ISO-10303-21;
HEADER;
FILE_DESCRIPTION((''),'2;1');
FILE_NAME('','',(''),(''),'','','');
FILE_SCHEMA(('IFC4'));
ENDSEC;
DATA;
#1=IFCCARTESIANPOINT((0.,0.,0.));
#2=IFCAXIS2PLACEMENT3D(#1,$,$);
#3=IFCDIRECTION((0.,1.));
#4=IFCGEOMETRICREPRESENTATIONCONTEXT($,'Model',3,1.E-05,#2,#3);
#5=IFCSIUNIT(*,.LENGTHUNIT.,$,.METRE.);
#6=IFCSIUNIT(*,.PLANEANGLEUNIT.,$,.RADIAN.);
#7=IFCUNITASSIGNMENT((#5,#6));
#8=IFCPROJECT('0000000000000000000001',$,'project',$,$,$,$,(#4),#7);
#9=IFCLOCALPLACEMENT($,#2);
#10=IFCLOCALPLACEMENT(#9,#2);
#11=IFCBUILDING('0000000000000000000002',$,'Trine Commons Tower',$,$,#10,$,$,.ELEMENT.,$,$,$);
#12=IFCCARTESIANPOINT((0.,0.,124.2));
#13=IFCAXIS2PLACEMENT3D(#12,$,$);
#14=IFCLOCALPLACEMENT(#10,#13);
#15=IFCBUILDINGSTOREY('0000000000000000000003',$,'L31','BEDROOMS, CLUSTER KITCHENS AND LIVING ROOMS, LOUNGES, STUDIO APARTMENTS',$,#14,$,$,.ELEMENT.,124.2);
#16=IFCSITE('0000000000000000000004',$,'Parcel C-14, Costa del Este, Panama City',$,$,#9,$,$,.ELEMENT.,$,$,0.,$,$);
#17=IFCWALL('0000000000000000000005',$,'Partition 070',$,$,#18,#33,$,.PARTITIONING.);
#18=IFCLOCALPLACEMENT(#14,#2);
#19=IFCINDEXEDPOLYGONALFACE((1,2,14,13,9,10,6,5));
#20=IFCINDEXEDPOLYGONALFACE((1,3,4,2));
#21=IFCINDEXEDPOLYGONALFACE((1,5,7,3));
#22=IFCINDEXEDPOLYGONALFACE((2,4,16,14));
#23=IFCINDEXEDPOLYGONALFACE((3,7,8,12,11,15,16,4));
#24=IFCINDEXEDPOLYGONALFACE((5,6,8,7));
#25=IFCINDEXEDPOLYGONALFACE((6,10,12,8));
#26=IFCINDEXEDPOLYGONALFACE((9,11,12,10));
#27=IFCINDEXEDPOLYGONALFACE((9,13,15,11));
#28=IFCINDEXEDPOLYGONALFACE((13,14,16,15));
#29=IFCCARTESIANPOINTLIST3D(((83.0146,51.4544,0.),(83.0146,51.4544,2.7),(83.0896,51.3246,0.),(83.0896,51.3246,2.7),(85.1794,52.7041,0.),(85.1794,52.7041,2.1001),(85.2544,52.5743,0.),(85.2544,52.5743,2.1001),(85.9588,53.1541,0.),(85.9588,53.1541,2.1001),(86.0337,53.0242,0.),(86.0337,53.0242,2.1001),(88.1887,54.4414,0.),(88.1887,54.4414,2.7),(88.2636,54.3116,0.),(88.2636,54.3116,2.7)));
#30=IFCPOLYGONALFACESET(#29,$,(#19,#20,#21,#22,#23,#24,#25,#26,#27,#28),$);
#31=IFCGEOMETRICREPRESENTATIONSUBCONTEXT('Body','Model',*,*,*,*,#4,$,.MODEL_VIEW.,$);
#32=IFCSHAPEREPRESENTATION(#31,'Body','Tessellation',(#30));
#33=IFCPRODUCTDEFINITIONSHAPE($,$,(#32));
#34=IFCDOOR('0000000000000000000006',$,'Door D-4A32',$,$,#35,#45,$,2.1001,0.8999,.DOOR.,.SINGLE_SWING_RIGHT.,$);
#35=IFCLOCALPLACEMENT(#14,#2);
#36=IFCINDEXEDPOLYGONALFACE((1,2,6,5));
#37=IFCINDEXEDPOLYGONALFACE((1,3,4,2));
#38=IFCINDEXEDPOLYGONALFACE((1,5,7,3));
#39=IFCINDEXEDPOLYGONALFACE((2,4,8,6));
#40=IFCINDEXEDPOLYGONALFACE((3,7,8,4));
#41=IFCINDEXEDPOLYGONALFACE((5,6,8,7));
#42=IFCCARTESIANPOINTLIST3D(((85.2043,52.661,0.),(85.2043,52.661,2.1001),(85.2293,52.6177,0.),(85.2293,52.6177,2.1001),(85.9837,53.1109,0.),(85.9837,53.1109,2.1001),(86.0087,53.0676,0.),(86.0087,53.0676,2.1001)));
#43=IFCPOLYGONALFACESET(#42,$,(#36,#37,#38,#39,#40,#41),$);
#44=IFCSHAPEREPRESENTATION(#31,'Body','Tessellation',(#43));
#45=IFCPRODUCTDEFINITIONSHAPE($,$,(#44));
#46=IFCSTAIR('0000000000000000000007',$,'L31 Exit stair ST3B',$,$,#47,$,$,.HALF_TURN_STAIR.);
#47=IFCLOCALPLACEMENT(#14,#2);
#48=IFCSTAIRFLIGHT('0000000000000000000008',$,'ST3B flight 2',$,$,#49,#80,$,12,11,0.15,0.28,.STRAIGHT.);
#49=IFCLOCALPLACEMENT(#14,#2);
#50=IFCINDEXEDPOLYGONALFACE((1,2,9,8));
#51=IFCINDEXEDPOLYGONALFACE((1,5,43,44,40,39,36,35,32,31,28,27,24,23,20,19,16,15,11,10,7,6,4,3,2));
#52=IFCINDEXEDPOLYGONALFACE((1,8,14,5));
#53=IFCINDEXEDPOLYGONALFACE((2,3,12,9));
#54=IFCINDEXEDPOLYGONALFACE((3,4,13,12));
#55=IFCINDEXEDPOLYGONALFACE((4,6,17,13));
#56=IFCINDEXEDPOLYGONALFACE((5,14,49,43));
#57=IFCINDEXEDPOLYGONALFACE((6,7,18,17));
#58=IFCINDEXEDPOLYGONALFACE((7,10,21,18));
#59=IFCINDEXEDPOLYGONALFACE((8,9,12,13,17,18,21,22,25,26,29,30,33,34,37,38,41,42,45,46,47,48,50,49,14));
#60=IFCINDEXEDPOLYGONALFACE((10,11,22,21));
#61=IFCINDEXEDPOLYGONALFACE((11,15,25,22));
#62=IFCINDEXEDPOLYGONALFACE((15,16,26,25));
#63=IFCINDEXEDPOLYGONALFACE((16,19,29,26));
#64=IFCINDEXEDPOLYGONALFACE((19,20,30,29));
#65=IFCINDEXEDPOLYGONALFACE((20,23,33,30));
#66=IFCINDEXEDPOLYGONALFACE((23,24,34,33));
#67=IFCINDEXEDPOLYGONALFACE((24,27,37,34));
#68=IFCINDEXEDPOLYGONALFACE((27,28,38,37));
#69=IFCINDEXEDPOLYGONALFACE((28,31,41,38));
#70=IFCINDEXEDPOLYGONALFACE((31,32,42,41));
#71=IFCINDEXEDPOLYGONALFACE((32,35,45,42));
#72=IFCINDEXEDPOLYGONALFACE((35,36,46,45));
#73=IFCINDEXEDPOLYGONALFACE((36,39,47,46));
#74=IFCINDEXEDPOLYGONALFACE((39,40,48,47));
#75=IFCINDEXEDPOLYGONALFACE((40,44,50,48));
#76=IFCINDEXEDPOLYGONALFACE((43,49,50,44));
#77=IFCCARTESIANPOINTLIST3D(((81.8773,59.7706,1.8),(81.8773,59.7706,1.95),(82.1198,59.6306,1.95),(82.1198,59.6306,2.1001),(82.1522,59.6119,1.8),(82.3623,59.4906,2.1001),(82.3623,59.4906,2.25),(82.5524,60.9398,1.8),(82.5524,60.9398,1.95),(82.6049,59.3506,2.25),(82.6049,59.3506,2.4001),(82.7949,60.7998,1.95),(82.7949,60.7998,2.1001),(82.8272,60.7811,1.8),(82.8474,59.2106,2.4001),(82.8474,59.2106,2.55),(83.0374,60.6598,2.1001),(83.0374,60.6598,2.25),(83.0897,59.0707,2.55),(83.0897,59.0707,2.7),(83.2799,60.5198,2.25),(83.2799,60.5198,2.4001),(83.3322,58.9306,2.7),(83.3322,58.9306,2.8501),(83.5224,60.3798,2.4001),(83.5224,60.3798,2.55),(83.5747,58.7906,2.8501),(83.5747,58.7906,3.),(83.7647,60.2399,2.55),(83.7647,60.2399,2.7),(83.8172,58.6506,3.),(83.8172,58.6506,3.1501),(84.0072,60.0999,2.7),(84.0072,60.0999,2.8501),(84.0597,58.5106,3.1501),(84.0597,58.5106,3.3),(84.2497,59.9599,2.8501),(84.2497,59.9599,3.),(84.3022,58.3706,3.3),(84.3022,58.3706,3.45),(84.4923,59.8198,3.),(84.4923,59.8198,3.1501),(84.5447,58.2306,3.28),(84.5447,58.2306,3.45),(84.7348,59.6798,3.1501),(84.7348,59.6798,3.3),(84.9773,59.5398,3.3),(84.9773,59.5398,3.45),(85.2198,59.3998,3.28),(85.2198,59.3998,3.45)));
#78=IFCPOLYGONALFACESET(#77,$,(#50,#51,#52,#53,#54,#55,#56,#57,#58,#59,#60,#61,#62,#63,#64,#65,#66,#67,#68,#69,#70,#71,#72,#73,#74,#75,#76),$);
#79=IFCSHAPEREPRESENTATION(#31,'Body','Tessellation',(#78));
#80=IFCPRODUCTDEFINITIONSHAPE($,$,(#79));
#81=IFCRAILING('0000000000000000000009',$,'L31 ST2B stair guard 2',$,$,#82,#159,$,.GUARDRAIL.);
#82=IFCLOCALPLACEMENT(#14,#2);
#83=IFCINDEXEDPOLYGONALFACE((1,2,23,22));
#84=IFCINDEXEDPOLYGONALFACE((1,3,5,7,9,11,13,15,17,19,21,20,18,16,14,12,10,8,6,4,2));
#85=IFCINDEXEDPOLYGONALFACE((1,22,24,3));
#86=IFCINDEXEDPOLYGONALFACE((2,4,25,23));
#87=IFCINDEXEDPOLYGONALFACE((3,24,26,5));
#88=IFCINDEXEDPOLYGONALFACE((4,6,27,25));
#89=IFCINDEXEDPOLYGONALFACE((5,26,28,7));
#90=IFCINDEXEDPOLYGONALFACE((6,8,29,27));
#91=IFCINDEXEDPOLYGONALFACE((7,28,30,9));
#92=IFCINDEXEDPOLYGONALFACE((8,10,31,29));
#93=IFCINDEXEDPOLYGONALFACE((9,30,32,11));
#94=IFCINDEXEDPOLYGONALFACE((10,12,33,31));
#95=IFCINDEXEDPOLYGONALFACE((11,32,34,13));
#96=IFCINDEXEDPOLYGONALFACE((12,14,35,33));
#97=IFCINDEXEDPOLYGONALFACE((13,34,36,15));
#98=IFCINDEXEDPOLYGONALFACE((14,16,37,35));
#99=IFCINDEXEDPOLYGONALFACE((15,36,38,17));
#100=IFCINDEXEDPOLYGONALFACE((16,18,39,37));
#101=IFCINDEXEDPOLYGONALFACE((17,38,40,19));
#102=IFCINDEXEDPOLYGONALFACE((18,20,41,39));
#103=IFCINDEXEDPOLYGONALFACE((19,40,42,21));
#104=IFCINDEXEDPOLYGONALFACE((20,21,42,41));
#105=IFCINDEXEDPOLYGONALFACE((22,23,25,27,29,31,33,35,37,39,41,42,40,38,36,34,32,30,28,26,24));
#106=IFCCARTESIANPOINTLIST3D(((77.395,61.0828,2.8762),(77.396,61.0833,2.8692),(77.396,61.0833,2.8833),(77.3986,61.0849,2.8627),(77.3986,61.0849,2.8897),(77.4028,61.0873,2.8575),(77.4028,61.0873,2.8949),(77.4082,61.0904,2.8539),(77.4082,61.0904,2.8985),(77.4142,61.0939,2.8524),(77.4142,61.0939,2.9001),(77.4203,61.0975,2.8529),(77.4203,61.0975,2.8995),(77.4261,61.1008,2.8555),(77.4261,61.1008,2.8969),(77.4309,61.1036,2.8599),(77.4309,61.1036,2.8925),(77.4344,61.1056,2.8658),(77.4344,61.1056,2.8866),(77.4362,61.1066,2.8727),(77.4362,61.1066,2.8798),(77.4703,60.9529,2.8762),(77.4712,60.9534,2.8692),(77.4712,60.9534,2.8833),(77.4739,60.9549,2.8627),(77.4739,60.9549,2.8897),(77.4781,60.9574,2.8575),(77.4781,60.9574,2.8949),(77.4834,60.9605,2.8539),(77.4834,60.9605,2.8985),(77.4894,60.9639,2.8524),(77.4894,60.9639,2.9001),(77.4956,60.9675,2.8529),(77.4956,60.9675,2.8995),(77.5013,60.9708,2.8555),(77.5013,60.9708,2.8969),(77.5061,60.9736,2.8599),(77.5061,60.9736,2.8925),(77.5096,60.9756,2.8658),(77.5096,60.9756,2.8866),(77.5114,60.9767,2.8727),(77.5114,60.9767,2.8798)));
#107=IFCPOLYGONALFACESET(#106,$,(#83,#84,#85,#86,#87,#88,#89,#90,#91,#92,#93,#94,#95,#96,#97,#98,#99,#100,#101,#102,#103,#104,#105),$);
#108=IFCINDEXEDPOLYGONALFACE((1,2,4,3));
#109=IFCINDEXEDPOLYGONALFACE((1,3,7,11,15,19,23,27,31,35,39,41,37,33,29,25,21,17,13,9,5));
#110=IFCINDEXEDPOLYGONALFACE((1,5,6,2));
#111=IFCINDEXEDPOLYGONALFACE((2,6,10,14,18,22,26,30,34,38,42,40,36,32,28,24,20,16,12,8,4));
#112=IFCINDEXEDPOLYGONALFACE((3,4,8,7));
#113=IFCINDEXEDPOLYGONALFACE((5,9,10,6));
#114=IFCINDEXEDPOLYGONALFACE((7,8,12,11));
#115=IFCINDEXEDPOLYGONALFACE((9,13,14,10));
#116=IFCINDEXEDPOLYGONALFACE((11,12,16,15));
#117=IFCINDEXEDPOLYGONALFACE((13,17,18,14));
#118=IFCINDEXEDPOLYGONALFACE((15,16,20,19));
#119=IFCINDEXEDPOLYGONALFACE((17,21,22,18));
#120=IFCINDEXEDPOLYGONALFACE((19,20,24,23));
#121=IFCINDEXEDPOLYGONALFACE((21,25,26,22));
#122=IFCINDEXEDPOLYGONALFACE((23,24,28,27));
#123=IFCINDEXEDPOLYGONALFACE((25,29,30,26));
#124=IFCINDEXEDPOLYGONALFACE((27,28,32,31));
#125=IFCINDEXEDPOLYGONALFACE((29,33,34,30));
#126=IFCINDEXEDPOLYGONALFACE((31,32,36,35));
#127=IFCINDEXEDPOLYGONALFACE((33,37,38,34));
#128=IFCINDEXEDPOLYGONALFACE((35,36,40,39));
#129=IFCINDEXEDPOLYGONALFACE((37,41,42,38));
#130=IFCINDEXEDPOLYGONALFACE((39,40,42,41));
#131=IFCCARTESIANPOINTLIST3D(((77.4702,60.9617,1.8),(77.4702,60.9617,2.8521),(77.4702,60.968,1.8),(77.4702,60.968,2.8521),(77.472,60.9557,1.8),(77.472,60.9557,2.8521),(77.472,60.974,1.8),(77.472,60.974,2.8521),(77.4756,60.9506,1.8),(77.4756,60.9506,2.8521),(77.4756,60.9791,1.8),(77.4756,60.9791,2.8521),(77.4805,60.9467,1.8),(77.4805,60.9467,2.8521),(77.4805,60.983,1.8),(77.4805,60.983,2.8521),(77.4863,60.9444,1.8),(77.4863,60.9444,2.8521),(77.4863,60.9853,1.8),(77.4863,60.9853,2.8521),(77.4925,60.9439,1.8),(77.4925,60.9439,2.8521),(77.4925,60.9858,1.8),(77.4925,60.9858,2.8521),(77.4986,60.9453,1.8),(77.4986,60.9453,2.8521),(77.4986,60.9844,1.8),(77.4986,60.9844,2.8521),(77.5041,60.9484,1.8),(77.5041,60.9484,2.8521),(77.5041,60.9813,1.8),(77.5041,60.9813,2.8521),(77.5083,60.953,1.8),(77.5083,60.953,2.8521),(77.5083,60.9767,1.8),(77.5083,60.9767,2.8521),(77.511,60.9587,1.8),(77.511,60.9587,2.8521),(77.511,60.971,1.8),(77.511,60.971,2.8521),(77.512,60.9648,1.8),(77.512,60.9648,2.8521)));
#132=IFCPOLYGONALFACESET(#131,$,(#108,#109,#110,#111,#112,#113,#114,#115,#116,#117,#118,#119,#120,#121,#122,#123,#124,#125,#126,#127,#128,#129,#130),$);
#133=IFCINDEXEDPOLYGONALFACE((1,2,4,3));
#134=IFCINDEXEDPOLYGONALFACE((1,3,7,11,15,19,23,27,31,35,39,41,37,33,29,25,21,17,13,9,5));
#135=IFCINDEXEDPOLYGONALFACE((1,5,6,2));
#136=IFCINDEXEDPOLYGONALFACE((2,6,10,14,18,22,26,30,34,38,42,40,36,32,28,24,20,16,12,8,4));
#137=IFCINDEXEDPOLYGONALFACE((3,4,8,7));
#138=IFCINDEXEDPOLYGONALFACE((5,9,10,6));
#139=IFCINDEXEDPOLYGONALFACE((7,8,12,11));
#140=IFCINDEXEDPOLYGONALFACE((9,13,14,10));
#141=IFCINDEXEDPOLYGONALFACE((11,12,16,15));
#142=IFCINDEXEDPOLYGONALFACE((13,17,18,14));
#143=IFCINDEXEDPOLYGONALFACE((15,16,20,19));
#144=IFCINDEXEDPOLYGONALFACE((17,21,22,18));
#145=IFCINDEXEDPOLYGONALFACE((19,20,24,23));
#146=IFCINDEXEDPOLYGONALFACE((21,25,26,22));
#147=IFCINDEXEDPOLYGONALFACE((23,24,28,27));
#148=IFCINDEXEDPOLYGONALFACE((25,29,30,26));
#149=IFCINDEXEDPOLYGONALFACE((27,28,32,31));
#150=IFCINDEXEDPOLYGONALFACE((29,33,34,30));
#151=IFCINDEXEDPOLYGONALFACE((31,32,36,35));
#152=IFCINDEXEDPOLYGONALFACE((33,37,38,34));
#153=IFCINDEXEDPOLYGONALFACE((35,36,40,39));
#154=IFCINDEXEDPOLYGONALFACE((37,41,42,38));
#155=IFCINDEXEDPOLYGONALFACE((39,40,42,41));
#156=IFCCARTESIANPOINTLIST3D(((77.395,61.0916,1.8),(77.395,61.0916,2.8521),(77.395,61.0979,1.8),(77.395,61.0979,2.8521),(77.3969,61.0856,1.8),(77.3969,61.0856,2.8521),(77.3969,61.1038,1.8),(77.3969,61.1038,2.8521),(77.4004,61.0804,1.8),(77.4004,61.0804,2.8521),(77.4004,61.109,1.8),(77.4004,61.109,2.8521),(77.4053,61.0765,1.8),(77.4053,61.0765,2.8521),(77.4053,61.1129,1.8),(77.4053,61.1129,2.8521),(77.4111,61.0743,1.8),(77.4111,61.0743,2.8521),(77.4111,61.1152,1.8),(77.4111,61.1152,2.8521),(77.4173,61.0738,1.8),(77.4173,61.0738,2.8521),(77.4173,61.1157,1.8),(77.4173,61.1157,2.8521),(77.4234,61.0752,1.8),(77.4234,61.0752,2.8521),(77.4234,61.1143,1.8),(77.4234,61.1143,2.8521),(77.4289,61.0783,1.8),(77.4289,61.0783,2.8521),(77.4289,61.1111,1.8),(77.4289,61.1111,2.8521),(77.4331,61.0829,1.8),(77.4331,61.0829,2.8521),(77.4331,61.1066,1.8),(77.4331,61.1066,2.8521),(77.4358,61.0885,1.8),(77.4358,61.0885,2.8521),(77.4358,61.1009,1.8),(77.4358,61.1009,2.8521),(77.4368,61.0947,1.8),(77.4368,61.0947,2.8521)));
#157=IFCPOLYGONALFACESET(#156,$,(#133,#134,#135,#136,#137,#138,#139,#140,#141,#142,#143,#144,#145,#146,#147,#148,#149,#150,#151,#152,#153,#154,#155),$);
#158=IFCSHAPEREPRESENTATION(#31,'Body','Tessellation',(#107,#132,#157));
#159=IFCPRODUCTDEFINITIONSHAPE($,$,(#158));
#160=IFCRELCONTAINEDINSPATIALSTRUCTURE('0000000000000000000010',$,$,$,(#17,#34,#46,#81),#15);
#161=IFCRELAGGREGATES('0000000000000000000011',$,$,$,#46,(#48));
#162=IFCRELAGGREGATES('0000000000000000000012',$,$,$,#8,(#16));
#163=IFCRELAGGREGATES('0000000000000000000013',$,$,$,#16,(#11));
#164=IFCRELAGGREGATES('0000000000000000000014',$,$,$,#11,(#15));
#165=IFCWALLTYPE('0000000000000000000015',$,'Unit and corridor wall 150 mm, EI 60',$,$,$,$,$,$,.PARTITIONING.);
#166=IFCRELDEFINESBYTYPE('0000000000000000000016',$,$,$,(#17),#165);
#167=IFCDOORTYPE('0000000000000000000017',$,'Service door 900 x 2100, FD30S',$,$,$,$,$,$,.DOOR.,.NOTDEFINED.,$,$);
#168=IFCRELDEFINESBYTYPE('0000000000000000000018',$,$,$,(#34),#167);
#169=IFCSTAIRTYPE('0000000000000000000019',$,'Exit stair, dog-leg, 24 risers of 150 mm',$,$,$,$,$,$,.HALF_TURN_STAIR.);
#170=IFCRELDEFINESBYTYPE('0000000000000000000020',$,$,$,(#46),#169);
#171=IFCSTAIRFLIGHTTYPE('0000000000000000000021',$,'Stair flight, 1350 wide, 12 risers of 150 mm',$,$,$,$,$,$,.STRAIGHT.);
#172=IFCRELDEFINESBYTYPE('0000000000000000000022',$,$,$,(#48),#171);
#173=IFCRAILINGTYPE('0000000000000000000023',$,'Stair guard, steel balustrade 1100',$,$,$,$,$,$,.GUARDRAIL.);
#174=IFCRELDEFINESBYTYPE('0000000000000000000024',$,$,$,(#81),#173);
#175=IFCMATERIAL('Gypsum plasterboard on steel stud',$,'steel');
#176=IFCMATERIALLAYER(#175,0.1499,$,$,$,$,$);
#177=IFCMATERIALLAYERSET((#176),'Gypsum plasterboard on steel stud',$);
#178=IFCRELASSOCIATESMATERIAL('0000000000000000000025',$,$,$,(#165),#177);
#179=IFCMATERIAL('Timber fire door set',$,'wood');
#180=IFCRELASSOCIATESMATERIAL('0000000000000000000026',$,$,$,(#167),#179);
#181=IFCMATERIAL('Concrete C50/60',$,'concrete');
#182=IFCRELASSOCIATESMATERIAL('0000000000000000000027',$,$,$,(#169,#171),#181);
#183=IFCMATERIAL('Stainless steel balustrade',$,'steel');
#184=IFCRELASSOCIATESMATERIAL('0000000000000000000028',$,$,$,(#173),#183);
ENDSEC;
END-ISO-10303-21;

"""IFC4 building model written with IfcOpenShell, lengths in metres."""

from ifc_helpers import new_model, si_unit, direction, frame, frame_2d, origin, origin_2d, place, context, subcontext, project, spatial, polyline, rectangle, circle, outline, extrude, material, layer, layer_set, type_object, element, fill, aggregate, save


model = new_model("IFC4")

# Units and contexts
model_context = context("Model", 3, precision=1e-05, world=origin(), true_north=direction((0.0, 1.0)))
body_context = subcontext(model_context, "Body", "Model", "MODEL_VIEW")
ifc_project = project(units=[si_unit("LENGTHUNIT", "METRE"), si_unit("PLANEANGLEUNIT", "RADIAN")], contexts=[model_context])

# Site, building, storey
site_placement = place(None, origin())
site = spatial("IfcSite", under=ifc_project, at=site_placement, Name="Parcel C-14, Costa del Este, Panama City", CompositionType="ELEMENT", RefElevation=0.0)
building_placement = place(site_placement, origin())
building = spatial("IfcBuilding", under=site, at=building_placement, Name="Trine Commons Tower", CompositionType="ELEMENT")
storey_placement = place(building_placement, frame((0.0, 0.0, 124.2)))
storey = spatial("IfcBuildingStorey", under=building, at=storey_placement, Name="L31", Description="BEDROOMS, CLUSTER KITCHENS AND LIVING ROOMS, LOUNGES, STUDIO APARTMENTS", CompositionType="ELEMENT", Elevation=124.2)

# Shared definitions
ifc_material_1 = material(Name="Gypsum plasterboard on steel stud", Category="steel")
ifc_layer_1 = layer(ifc_material_1, 0.1499)
ifc_layer_set_1 = layer_set([ifc_layer_1], Name="Gypsum plasterboard on steel stud")
wall_type_1 = type_object("IfcWallType", Name="Unit and corridor wall 150 mm, EI 60", PredefinedType="PARTITIONING", material=ifc_layer_set_1)

# Wall, opening, door
wall_1_placement = place(storey_placement, frame((83.052, 51.3894, 0.0), z_axis=(0.0, 0.0, 1.0), x_axis=(0.866039, 0.499976, 0.0)))
wall_1 = element("IfcWall", 1, at=wall_1_placement, inside=storey, type_object=wall_type_1, Name="Partition 070", PredefinedType="PARTITIONING", context=body_context, shape_type="SweptSolid", body=[
    extrude(rectangle(XDim=5.9744, YDim=0.1499, at=frame_2d((2.9873, 0.0))), origin(), (0.0, 0.0, 1.0), 2.7),
])
opening_1_placement = place(wall_1_placement, frame((2.4998, 0.0, 0.0)))
opening_1 = element("IfcOpeningElement", 2, at=opening_1_placement, cuts=wall_1, PredefinedType="OPENING", context=body_context, shape_type="SweptSolid", body=[
    extrude(rectangle(XDim=0.8999, YDim=2.1001, at=frame_2d((0.45, 1.05))), frame((0.0, 0.085, 0.0), z_axis=(0.0, -1.0, 0.0), x_axis=(1.0, 0.0, 0.0)), (0.0, 0.0, 1.0), 0.1699),
])
ifc_material_2 = material(Name="Timber fire door set", Category="wood")
door_type_1 = type_object("IfcDoorType", Name="Service door 900 x 2100, FD30S", OperationType="NOTDEFINED", PredefinedType="DOOR", material=ifc_material_2)
door_1_placement = place(opening_1_placement, frame((0.8999, 0.0, 0.0), z_axis=(0.0, 0.0, 1.0), x_axis=(-1.0, 0.0, 0.0)))
door_1 = element("IfcDoor", 3, at=door_1_placement, inside=storey, type_object=door_type_1, Name="Door D-4A32", OperationType="SINGLE_SWING_RIGHT", OverallHeight=2.1001, OverallWidth=0.8999, PredefinedType="DOOR", context=body_context, shape_type="SweptSolid", body=[
    extrude(rectangle(XDim=0.8999, YDim=2.1001, at=frame_2d((0.45, 1.05))), frame((0.0, 0.0249, 0.0), z_axis=(0.0, -1.0, 0.0), x_axis=(1.0, 0.0, 0.0)), (0.0, 0.0, 1.0), 0.05),
])
fill(opening_1, door_1)

# Stair, stair flight
ifc_material_3 = material(Name="Concrete C50/60", Category="concrete")
stair_type = type_object("IfcStairType", Name="Exit stair, dog-leg, 24 risers of 150 mm", PredefinedType="HALF_TURN_STAIR", material=ifc_material_3)
stair_placement = place(storey_placement, origin())
stair = element("IfcStair", 4, at=stair_placement, inside=storey, type_object=stair_type, Name="L31 Exit stair ST3B", PredefinedType="HALF_TURN_STAIR")
stair_flight_type = type_object("IfcStairFlightType", Name="Stair flight, 1350 wide, 12 risers of 150 mm", PredefinedType="STRAIGHT", material=ifc_material_3)
stair_flight_placement = place(storey_placement, frame((82.2148, 60.3552, 1.8), z_axis=(0.0, 0.0, 1.0), x_axis=(0.866025, -0.5, 0.0)))
stair_flight = element("IfcStairFlight", 5, at=stair_flight_placement, type_object=stair_flight_type, Name="ST3B flight 2", NumberOfRisers=12, NumberOfTreads=11, PredefinedType="STRAIGHT", RiserHeight=0.15, TreadLength=0.28, context=body_context, shape_type="SweptSolid", body=[
    extrude(outline(polyline([(0.0, 0.0), (0.0, 0.1499), (0.28, 0.1499), (0.28, 0.3), (0.5601, 0.3), (0.5601, 0.45), (0.8401, 0.45), (0.8401, 0.6001), (1.1201, 0.6001), (1.1201, 0.75), (1.3999, 0.75), (1.3999, 0.8999), (1.6799, 0.8999), (1.6799, 1.05), (1.96, 1.05), (1.96, 1.2), (2.24, 1.2), (2.24, 1.3501), (2.52, 1.3501), (2.52, 1.5), (2.8, 1.5), (2.8, 1.6499), (3.0801, 1.6499), (3.0801, 1.8), (3.0801, 1.48), (0.3174, 0.0), (0.0, 0.0)])), frame((0.0, 0.675, 0.0), z_axis=(0.0, -1.0, 0.0), x_axis=(1.0, 0.0, 0.0)), (0.0, 0.0, 1.0), 1.3501),
])
aggregate(stair, [stair_flight])

# Railing
ifc_material_4 = material(Name="Stainless steel balustrade", Category="steel")
railing_type_1 = type_object("IfcRailingType", Name="Stair guard, steel balustrade 1100", PredefinedType="GUARDRAIL", material=ifc_material_4)
railing_1_placement = place(storey_placement, frame((77.491, 60.9648, 1.8)))
element("IfcRailing", 6, at=railing_1_placement, inside=storey, type_object=railing_type_1, Name="L31 ST2B stair guard 2", PredefinedType="GUARDRAIL", context=body_context, shape_type="SweptSolid", body=[
    extrude(circle(Radius=0.0239, at=origin_2d()), frame((0.0, 0.0, 1.0762), z_axis=(-0.501036, 0.865426, 0.0), x_axis=(-0.865426, -0.501036, 0.0)), (0.0, 0.0, 1.0), 0.1501),
    extrude(circle(Radius=0.021, at=origin_2d()), origin(), (0.0, 0.0, 1.0), 1.052),
    extrude(circle(Radius=0.021, at=origin_2d()), frame((-0.0752, 0.1299, 0.0)), (0.0, 0.0, 1.0), 1.052),
])

save(model, "model.ifc")
